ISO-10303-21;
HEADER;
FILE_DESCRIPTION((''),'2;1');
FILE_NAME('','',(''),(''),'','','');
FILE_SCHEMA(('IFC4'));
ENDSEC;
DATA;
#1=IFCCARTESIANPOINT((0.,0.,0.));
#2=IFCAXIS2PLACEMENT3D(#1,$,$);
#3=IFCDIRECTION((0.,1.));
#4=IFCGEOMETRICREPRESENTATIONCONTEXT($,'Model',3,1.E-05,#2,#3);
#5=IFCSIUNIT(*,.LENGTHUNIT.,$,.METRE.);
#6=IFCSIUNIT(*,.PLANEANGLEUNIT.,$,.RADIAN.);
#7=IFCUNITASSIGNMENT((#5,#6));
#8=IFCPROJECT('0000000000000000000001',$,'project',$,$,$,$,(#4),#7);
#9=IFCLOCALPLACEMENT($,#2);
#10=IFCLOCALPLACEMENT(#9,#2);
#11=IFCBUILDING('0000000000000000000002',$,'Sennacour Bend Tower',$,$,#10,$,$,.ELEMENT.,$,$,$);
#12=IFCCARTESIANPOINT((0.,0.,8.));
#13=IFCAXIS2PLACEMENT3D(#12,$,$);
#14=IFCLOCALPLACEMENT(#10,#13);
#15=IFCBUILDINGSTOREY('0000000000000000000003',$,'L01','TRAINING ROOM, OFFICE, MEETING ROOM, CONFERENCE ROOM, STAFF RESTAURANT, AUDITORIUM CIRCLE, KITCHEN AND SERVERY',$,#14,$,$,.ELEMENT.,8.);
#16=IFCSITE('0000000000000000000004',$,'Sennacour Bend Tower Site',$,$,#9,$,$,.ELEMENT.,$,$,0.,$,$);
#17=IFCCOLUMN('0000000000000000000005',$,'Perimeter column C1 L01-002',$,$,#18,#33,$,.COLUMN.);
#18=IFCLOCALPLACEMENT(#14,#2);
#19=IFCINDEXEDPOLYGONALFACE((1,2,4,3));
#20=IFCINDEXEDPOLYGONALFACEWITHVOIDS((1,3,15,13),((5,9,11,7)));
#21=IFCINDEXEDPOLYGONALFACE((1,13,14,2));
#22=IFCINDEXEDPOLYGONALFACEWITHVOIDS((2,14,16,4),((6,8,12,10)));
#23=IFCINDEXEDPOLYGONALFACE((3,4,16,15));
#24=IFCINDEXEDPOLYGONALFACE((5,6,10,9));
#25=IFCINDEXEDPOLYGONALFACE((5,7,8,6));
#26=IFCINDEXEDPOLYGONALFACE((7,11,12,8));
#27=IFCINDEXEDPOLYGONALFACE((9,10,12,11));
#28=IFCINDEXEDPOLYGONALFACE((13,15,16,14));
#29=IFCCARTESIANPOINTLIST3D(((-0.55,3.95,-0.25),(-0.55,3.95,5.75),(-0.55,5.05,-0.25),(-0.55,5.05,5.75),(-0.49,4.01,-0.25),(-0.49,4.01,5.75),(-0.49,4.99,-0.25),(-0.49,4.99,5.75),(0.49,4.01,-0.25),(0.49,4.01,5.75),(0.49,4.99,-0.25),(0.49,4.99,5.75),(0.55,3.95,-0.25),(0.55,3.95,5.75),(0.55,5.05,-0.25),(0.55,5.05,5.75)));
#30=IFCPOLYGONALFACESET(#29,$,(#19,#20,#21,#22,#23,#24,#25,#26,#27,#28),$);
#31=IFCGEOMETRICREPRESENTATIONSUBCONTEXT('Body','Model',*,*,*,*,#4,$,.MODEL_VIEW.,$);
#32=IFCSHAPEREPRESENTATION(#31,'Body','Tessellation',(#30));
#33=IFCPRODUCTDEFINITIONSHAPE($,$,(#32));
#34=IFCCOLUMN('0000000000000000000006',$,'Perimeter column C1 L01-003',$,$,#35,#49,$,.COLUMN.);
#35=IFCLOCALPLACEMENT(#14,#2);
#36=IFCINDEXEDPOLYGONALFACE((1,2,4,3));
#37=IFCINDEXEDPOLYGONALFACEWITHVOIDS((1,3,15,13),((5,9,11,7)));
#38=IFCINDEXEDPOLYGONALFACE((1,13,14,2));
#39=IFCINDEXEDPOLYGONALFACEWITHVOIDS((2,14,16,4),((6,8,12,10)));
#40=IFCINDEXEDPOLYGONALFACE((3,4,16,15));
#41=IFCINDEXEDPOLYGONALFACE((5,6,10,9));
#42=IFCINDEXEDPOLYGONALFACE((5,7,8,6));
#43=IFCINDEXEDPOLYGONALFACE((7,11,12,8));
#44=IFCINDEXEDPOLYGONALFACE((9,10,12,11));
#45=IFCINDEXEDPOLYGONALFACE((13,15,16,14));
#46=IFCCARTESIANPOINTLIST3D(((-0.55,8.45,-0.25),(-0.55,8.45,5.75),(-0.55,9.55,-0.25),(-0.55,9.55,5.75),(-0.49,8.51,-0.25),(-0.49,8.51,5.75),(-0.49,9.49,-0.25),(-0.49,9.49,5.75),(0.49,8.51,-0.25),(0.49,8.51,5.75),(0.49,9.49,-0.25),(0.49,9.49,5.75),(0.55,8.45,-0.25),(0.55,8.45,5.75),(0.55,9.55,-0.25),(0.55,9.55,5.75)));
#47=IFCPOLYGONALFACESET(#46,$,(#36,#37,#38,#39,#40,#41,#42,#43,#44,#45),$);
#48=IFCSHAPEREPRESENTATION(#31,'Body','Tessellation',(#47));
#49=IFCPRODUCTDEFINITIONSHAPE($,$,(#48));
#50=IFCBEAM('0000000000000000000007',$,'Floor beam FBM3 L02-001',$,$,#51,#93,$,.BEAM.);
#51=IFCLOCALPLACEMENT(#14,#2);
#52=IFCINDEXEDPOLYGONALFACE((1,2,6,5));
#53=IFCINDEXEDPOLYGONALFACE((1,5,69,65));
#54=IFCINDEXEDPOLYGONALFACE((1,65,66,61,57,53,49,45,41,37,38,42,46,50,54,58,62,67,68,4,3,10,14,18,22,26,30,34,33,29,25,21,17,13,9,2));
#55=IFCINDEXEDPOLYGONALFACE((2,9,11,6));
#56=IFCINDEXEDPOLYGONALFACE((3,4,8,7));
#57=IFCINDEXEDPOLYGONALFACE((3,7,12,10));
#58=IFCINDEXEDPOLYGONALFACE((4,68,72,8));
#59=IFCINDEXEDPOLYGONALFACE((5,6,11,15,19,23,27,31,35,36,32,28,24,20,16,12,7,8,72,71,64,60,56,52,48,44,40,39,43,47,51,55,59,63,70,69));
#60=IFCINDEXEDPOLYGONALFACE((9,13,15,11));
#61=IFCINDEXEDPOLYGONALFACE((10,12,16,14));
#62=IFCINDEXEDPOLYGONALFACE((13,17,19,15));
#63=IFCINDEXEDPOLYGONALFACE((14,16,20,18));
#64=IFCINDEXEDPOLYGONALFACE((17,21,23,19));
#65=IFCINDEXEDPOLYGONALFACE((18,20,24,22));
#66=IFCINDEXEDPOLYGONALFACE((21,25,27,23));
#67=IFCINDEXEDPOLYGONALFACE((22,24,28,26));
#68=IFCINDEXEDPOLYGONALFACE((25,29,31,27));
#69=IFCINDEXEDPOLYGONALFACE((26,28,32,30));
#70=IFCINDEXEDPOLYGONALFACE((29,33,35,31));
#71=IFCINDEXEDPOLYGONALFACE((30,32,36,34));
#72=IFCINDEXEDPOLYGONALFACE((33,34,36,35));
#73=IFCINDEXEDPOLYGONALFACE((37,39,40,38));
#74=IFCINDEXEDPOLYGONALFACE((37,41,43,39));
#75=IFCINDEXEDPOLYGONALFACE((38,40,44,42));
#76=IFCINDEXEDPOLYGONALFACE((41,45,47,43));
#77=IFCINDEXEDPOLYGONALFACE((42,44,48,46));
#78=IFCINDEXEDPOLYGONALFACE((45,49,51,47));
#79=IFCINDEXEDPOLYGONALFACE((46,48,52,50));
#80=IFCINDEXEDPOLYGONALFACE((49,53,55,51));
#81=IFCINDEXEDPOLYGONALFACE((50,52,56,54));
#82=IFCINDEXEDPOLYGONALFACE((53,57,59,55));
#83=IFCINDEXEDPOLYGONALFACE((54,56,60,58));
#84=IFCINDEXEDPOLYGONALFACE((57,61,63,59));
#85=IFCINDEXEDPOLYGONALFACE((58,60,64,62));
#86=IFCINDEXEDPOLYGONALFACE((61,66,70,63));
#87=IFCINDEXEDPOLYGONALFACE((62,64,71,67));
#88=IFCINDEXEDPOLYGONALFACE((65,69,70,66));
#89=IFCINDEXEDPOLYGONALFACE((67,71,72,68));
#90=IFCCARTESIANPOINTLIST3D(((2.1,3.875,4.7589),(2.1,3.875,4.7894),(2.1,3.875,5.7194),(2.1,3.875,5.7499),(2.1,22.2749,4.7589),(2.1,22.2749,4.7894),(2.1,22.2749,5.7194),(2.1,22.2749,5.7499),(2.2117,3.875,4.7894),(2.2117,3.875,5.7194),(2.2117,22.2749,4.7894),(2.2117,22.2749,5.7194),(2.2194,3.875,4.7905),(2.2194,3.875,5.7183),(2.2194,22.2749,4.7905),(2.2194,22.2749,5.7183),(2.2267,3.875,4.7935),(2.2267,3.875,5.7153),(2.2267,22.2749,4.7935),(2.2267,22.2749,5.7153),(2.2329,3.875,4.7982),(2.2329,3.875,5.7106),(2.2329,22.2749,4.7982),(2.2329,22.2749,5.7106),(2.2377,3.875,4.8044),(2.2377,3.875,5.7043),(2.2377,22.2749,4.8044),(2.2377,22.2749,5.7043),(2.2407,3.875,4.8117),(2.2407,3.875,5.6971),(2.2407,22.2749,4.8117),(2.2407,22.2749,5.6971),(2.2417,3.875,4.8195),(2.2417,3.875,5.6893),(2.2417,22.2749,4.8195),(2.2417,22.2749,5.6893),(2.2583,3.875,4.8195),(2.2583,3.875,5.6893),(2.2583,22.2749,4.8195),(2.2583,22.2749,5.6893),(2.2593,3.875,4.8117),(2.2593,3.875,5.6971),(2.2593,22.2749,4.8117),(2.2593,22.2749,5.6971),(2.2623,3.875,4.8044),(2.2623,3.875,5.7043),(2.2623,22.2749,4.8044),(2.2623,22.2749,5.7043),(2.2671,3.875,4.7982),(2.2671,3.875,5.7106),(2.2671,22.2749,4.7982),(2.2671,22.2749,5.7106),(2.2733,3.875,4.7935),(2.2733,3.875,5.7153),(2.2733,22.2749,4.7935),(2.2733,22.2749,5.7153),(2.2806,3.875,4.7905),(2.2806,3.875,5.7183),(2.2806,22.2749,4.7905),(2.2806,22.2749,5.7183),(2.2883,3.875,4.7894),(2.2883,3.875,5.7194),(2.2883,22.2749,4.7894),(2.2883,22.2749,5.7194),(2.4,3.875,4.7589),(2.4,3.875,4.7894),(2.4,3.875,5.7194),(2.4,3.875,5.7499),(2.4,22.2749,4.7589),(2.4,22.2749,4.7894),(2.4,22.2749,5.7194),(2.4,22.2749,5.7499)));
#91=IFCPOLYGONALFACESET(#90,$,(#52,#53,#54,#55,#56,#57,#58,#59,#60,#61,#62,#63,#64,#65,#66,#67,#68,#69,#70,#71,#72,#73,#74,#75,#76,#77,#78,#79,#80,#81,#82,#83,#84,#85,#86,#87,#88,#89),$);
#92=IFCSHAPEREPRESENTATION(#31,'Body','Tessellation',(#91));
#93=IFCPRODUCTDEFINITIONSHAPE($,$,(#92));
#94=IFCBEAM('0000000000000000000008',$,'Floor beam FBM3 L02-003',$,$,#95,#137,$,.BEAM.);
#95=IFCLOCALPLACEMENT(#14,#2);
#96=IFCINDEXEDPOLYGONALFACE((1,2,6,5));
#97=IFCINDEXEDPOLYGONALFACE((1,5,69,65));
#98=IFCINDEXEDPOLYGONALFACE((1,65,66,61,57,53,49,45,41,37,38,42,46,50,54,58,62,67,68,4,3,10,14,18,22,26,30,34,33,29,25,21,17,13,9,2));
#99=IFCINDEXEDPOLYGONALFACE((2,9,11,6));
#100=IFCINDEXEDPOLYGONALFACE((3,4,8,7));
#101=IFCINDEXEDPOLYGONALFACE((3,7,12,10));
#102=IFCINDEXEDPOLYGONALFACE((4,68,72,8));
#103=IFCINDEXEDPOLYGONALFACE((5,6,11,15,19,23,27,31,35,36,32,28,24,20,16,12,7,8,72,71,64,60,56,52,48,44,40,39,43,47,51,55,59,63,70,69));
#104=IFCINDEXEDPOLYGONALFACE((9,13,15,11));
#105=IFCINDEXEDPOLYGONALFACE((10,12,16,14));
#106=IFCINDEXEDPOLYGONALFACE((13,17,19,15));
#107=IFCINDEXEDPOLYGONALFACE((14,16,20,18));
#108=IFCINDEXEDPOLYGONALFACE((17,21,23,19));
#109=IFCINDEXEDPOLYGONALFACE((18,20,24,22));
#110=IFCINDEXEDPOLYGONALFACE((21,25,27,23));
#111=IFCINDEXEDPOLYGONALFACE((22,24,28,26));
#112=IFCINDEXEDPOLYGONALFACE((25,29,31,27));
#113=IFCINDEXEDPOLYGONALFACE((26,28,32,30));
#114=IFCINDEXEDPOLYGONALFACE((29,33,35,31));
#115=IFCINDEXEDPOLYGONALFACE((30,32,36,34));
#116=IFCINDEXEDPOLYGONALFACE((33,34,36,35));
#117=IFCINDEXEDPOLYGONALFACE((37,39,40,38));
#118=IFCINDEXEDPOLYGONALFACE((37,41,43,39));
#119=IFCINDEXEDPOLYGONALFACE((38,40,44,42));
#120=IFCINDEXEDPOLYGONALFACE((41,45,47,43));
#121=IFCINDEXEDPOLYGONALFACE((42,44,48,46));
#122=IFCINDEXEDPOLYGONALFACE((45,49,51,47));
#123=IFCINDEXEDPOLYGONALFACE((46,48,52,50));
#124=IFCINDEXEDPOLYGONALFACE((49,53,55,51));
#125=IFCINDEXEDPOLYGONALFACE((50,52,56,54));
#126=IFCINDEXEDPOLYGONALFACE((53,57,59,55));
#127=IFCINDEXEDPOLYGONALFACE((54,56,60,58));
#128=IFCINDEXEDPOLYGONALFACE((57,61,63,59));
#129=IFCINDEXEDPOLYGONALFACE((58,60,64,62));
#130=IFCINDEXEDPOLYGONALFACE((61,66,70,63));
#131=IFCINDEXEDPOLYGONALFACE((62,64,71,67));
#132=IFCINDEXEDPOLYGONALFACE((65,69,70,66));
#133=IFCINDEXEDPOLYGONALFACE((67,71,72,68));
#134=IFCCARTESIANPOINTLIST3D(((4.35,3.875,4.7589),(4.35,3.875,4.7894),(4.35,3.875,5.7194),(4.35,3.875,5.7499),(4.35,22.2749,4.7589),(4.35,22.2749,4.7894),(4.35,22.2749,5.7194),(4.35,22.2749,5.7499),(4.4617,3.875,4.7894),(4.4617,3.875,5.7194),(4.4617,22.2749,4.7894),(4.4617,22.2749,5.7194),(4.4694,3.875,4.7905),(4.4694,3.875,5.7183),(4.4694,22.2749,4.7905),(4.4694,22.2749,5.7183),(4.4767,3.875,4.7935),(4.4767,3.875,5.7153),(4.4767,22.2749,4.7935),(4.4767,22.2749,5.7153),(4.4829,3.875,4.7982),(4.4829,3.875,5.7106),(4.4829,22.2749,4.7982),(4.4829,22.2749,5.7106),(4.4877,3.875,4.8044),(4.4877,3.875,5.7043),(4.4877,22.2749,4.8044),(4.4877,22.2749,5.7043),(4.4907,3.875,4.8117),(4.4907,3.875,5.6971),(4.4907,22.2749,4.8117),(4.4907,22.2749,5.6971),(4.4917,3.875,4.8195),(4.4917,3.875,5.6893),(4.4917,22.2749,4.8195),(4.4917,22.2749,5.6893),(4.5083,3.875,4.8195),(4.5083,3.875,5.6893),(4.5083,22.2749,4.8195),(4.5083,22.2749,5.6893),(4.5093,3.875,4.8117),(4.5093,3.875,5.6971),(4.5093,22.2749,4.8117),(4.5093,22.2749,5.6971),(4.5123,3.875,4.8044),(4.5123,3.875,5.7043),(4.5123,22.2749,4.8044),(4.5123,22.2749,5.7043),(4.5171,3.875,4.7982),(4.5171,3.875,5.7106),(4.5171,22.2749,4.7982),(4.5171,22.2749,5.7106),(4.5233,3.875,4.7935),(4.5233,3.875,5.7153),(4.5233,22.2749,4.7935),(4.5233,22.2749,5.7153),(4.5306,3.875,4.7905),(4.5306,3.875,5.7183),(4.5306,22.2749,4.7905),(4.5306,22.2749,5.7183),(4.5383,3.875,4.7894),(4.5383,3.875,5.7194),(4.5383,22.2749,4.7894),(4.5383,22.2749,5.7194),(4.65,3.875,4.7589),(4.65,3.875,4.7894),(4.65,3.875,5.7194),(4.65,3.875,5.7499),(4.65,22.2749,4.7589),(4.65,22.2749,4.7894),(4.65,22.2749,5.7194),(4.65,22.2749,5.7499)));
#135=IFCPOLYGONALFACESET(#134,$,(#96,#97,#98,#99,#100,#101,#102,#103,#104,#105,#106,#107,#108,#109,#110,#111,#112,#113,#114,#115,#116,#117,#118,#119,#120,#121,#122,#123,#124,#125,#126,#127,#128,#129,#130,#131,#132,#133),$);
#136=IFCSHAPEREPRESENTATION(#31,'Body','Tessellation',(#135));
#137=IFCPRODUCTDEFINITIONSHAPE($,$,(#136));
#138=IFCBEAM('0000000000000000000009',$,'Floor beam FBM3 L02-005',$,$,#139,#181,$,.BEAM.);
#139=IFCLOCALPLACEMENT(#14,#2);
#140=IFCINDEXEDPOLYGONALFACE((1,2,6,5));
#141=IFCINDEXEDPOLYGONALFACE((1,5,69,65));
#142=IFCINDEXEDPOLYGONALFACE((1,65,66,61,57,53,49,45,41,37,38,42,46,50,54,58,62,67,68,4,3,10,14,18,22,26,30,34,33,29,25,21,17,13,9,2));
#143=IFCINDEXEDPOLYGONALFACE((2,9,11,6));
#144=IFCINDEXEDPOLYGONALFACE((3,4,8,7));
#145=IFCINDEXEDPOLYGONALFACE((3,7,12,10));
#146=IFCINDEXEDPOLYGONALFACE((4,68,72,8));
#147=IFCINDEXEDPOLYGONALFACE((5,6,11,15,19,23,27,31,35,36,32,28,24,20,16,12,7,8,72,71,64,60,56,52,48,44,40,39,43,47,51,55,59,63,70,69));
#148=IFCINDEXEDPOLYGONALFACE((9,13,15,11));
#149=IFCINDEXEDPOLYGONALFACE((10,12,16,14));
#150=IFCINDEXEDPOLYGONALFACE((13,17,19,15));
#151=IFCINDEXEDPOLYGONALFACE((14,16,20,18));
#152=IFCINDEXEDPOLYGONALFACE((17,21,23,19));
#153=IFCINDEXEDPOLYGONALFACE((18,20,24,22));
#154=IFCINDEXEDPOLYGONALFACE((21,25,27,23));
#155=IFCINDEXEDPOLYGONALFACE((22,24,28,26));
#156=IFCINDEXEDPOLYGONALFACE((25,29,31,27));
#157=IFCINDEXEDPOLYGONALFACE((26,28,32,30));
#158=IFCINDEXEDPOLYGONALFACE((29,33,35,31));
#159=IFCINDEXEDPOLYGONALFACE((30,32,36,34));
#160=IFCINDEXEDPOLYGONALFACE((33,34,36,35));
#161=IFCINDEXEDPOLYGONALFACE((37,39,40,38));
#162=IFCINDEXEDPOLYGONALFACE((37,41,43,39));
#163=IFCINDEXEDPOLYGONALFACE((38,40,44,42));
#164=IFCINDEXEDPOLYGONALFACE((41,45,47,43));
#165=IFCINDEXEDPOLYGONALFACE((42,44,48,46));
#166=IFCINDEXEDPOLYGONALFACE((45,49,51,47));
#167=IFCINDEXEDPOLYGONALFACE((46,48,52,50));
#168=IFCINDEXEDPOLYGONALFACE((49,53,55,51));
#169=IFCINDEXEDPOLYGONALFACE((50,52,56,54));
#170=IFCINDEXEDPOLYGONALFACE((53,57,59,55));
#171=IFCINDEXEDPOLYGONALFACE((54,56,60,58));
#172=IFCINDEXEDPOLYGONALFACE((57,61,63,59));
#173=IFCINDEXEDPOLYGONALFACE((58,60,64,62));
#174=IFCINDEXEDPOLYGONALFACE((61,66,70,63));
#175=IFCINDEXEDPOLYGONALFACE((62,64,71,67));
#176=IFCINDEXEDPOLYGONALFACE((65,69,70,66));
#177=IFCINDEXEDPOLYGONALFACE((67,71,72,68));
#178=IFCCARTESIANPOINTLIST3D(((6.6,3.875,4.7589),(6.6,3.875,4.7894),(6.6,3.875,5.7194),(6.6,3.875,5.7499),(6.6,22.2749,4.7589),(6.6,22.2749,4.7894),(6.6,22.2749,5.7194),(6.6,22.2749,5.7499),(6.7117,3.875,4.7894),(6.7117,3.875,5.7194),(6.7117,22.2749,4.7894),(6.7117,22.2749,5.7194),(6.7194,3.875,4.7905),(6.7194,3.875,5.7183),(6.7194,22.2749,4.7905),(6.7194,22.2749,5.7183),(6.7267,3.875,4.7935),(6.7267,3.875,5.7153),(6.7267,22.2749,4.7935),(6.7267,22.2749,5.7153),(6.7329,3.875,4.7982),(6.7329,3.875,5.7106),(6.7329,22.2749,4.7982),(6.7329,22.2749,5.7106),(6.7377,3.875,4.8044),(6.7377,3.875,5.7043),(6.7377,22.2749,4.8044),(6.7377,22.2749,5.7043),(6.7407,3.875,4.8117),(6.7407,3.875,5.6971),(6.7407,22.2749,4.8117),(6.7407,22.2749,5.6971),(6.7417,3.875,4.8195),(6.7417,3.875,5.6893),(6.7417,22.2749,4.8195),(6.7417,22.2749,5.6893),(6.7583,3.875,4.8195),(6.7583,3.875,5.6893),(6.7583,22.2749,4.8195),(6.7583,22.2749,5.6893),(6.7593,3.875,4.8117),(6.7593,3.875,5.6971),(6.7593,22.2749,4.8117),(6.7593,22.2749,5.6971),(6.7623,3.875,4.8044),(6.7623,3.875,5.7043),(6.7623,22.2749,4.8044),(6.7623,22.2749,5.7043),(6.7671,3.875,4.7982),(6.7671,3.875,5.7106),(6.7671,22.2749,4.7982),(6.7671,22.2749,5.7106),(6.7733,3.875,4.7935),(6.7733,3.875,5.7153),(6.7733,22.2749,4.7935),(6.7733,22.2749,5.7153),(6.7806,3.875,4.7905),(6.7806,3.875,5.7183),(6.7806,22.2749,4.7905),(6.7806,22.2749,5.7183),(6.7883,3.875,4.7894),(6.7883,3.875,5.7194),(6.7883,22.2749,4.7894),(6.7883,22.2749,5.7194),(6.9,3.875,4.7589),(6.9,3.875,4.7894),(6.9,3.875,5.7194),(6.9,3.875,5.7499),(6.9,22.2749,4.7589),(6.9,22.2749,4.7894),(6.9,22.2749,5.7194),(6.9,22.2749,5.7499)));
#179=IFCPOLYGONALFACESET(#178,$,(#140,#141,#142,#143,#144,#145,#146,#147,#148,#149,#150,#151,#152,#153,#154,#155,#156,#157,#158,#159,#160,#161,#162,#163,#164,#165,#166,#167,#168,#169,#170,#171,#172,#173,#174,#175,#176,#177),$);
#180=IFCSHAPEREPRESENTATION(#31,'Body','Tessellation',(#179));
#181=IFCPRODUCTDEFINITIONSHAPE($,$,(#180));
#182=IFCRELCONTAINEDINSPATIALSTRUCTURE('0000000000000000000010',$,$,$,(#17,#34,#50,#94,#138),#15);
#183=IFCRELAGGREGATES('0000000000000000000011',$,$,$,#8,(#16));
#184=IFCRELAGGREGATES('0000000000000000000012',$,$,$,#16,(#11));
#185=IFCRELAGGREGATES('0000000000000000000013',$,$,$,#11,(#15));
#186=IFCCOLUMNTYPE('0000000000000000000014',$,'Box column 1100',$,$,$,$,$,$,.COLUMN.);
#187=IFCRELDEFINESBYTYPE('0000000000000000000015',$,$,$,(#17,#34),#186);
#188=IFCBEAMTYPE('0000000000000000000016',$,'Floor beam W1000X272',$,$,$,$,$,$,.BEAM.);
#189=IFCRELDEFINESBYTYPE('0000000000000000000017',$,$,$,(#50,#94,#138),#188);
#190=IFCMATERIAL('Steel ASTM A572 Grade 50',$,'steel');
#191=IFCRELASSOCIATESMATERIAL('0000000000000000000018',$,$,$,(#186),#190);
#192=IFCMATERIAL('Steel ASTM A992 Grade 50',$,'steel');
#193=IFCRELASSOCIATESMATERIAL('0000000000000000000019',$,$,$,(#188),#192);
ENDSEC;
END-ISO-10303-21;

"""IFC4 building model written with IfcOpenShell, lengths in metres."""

from ifc_helpers import new_model, si_unit, direction, frame, origin, origin_2d, place, context, subcontext, project, spatial, hollow_rectangle, i_section, extrude, material, material_profile, profile_set, type_object, element, save


model = new_model("IFC4")

# Units and contexts
model_context = context("Model", 3, precision=1e-05, world=origin(), true_north=direction((0.0, 1.0)))
body_context = subcontext(model_context, "Body", "Model", "MODEL_VIEW")
ifc_project = project(units=[si_unit("LENGTHUNIT", "METRE"), si_unit("PLANEANGLEUNIT", "RADIAN")], contexts=[model_context])

# Site, building, storey
site_placement = place(None, origin())
site = spatial("IfcSite", under=ifc_project, at=site_placement, Name="Sennacour Bend Tower Site", CompositionType="ELEMENT", RefElevation=0.0)
building_placement = place(site_placement, origin())
building = spatial("IfcBuilding", under=site, at=building_placement, Name="Sennacour Bend Tower", CompositionType="ELEMENT")
storey_placement = place(building_placement, frame((0.0, 0.0, 8.0)))
storey = spatial("IfcBuildingStorey", under=building, at=storey_placement, Name="L01", Description="TRAINING ROOM, OFFICE, MEETING ROOM, CONFERENCE ROOM, STAFF RESTAURANT, AUDITORIUM CIRCLE, KITCHEN AND SERVERY", CompositionType="ELEMENT", Elevation=8.0)

# Columns
ifc_material_1 = material(Name="Steel ASTM A572 Grade 50", Category="steel")
ifc_material_profile_1 = material_profile(ifc_material_1, hollow_rectangle(XDim=1.1001, YDim=1.1001, WallThickness=0.0601, at=origin_2d()), Name="Steel ASTM A572 Grade 50", Category="steel")
ifc_profile_set_1 = profile_set([ifc_material_profile_1], Name="Steel ASTM A572 Grade 50")
column_type = type_object("IfcColumnType", Name="Box column 1100", PredefinedType="COLUMN", material=ifc_profile_set_1)
for number, where, z_axis, x_axis, name in (
    (1, (0.0, 4.5, -0.25), (0.0, 0.0, 1.0), (1.0, 0.0, 0.0), "Perimeter column C1 L01-002"),
    (2, (0.0, 9.0, -0.25), (0.0, 0.0, 1.0), (1.0, 0.0, 0.0), "Perimeter column C1 L01-003"),
):
    element("IfcColumn", number, at=place(storey_placement, frame(where, z_axis=z_axis, x_axis=x_axis)), inside=storey, type_object=column_type, Name=name, PredefinedType="COLUMN", context=body_context, shape_type="SweptSolid", body=[
        extrude(hollow_rectangle(XDim=1.1001, YDim=1.1001, WallThickness=0.0601, at=origin_2d()), origin(), (0.0, 0.0, 1.0), 6.0),
    ])

# Beams
ifc_material_2 = material(Name="Steel ASTM A992 Grade 50", Category="steel")
ifc_material_profile_2 = material_profile(ifc_material_2, i_section(OverallWidth=0.3, OverallDepth=0.991, WebThickness=0.0166, FlangeThickness=0.0305, FilletRadius=0.03, at=origin_2d()), Name="Steel ASTM A992 Grade 50", Category="steel")
ifc_profile_set_2 = profile_set([ifc_material_profile_2], Name="Steel ASTM A992 Grade 50")
beam_type_1 = type_object("IfcBeamType", Name="Floor beam W1000X272", PredefinedType="BEAM", material=ifc_profile_set_2)
for number, where, z_axis, x_axis, name in (
    (3, (2.25, 3.875, 5.2544), (0.0, 1.0, 0.0), (-1.0, 0.0, 0.0), "Floor beam FBM3 L02-001"),
    (4, (4.5, 3.875, 5.2544), (0.0, 1.0, 0.0), (-1.0, 0.0, 0.0), "Floor beam FBM3 L02-003"),
    (5, (6.75, 3.875, 5.2544), (0.0, 1.0, 0.0), (-1.0, 0.0, 0.0), "Floor beam FBM3 L02-005"),
):
    element("IfcBeam", number, at=place(storey_placement, frame(where, z_axis=z_axis, x_axis=x_axis)), inside=storey, type_object=beam_type_1, Name=name, PredefinedType="BEAM", context=body_context, shape_type="SweptSolid", body=[
        extrude(i_section(OverallWidth=0.3, OverallDepth=0.991, WebThickness=0.0166, FlangeThickness=0.0305, FilletRadius=0.03, at=origin_2d()), origin(), (0.0, 0.0, 1.0), 18.3999),
    ])

save(model, "model.ifc")
